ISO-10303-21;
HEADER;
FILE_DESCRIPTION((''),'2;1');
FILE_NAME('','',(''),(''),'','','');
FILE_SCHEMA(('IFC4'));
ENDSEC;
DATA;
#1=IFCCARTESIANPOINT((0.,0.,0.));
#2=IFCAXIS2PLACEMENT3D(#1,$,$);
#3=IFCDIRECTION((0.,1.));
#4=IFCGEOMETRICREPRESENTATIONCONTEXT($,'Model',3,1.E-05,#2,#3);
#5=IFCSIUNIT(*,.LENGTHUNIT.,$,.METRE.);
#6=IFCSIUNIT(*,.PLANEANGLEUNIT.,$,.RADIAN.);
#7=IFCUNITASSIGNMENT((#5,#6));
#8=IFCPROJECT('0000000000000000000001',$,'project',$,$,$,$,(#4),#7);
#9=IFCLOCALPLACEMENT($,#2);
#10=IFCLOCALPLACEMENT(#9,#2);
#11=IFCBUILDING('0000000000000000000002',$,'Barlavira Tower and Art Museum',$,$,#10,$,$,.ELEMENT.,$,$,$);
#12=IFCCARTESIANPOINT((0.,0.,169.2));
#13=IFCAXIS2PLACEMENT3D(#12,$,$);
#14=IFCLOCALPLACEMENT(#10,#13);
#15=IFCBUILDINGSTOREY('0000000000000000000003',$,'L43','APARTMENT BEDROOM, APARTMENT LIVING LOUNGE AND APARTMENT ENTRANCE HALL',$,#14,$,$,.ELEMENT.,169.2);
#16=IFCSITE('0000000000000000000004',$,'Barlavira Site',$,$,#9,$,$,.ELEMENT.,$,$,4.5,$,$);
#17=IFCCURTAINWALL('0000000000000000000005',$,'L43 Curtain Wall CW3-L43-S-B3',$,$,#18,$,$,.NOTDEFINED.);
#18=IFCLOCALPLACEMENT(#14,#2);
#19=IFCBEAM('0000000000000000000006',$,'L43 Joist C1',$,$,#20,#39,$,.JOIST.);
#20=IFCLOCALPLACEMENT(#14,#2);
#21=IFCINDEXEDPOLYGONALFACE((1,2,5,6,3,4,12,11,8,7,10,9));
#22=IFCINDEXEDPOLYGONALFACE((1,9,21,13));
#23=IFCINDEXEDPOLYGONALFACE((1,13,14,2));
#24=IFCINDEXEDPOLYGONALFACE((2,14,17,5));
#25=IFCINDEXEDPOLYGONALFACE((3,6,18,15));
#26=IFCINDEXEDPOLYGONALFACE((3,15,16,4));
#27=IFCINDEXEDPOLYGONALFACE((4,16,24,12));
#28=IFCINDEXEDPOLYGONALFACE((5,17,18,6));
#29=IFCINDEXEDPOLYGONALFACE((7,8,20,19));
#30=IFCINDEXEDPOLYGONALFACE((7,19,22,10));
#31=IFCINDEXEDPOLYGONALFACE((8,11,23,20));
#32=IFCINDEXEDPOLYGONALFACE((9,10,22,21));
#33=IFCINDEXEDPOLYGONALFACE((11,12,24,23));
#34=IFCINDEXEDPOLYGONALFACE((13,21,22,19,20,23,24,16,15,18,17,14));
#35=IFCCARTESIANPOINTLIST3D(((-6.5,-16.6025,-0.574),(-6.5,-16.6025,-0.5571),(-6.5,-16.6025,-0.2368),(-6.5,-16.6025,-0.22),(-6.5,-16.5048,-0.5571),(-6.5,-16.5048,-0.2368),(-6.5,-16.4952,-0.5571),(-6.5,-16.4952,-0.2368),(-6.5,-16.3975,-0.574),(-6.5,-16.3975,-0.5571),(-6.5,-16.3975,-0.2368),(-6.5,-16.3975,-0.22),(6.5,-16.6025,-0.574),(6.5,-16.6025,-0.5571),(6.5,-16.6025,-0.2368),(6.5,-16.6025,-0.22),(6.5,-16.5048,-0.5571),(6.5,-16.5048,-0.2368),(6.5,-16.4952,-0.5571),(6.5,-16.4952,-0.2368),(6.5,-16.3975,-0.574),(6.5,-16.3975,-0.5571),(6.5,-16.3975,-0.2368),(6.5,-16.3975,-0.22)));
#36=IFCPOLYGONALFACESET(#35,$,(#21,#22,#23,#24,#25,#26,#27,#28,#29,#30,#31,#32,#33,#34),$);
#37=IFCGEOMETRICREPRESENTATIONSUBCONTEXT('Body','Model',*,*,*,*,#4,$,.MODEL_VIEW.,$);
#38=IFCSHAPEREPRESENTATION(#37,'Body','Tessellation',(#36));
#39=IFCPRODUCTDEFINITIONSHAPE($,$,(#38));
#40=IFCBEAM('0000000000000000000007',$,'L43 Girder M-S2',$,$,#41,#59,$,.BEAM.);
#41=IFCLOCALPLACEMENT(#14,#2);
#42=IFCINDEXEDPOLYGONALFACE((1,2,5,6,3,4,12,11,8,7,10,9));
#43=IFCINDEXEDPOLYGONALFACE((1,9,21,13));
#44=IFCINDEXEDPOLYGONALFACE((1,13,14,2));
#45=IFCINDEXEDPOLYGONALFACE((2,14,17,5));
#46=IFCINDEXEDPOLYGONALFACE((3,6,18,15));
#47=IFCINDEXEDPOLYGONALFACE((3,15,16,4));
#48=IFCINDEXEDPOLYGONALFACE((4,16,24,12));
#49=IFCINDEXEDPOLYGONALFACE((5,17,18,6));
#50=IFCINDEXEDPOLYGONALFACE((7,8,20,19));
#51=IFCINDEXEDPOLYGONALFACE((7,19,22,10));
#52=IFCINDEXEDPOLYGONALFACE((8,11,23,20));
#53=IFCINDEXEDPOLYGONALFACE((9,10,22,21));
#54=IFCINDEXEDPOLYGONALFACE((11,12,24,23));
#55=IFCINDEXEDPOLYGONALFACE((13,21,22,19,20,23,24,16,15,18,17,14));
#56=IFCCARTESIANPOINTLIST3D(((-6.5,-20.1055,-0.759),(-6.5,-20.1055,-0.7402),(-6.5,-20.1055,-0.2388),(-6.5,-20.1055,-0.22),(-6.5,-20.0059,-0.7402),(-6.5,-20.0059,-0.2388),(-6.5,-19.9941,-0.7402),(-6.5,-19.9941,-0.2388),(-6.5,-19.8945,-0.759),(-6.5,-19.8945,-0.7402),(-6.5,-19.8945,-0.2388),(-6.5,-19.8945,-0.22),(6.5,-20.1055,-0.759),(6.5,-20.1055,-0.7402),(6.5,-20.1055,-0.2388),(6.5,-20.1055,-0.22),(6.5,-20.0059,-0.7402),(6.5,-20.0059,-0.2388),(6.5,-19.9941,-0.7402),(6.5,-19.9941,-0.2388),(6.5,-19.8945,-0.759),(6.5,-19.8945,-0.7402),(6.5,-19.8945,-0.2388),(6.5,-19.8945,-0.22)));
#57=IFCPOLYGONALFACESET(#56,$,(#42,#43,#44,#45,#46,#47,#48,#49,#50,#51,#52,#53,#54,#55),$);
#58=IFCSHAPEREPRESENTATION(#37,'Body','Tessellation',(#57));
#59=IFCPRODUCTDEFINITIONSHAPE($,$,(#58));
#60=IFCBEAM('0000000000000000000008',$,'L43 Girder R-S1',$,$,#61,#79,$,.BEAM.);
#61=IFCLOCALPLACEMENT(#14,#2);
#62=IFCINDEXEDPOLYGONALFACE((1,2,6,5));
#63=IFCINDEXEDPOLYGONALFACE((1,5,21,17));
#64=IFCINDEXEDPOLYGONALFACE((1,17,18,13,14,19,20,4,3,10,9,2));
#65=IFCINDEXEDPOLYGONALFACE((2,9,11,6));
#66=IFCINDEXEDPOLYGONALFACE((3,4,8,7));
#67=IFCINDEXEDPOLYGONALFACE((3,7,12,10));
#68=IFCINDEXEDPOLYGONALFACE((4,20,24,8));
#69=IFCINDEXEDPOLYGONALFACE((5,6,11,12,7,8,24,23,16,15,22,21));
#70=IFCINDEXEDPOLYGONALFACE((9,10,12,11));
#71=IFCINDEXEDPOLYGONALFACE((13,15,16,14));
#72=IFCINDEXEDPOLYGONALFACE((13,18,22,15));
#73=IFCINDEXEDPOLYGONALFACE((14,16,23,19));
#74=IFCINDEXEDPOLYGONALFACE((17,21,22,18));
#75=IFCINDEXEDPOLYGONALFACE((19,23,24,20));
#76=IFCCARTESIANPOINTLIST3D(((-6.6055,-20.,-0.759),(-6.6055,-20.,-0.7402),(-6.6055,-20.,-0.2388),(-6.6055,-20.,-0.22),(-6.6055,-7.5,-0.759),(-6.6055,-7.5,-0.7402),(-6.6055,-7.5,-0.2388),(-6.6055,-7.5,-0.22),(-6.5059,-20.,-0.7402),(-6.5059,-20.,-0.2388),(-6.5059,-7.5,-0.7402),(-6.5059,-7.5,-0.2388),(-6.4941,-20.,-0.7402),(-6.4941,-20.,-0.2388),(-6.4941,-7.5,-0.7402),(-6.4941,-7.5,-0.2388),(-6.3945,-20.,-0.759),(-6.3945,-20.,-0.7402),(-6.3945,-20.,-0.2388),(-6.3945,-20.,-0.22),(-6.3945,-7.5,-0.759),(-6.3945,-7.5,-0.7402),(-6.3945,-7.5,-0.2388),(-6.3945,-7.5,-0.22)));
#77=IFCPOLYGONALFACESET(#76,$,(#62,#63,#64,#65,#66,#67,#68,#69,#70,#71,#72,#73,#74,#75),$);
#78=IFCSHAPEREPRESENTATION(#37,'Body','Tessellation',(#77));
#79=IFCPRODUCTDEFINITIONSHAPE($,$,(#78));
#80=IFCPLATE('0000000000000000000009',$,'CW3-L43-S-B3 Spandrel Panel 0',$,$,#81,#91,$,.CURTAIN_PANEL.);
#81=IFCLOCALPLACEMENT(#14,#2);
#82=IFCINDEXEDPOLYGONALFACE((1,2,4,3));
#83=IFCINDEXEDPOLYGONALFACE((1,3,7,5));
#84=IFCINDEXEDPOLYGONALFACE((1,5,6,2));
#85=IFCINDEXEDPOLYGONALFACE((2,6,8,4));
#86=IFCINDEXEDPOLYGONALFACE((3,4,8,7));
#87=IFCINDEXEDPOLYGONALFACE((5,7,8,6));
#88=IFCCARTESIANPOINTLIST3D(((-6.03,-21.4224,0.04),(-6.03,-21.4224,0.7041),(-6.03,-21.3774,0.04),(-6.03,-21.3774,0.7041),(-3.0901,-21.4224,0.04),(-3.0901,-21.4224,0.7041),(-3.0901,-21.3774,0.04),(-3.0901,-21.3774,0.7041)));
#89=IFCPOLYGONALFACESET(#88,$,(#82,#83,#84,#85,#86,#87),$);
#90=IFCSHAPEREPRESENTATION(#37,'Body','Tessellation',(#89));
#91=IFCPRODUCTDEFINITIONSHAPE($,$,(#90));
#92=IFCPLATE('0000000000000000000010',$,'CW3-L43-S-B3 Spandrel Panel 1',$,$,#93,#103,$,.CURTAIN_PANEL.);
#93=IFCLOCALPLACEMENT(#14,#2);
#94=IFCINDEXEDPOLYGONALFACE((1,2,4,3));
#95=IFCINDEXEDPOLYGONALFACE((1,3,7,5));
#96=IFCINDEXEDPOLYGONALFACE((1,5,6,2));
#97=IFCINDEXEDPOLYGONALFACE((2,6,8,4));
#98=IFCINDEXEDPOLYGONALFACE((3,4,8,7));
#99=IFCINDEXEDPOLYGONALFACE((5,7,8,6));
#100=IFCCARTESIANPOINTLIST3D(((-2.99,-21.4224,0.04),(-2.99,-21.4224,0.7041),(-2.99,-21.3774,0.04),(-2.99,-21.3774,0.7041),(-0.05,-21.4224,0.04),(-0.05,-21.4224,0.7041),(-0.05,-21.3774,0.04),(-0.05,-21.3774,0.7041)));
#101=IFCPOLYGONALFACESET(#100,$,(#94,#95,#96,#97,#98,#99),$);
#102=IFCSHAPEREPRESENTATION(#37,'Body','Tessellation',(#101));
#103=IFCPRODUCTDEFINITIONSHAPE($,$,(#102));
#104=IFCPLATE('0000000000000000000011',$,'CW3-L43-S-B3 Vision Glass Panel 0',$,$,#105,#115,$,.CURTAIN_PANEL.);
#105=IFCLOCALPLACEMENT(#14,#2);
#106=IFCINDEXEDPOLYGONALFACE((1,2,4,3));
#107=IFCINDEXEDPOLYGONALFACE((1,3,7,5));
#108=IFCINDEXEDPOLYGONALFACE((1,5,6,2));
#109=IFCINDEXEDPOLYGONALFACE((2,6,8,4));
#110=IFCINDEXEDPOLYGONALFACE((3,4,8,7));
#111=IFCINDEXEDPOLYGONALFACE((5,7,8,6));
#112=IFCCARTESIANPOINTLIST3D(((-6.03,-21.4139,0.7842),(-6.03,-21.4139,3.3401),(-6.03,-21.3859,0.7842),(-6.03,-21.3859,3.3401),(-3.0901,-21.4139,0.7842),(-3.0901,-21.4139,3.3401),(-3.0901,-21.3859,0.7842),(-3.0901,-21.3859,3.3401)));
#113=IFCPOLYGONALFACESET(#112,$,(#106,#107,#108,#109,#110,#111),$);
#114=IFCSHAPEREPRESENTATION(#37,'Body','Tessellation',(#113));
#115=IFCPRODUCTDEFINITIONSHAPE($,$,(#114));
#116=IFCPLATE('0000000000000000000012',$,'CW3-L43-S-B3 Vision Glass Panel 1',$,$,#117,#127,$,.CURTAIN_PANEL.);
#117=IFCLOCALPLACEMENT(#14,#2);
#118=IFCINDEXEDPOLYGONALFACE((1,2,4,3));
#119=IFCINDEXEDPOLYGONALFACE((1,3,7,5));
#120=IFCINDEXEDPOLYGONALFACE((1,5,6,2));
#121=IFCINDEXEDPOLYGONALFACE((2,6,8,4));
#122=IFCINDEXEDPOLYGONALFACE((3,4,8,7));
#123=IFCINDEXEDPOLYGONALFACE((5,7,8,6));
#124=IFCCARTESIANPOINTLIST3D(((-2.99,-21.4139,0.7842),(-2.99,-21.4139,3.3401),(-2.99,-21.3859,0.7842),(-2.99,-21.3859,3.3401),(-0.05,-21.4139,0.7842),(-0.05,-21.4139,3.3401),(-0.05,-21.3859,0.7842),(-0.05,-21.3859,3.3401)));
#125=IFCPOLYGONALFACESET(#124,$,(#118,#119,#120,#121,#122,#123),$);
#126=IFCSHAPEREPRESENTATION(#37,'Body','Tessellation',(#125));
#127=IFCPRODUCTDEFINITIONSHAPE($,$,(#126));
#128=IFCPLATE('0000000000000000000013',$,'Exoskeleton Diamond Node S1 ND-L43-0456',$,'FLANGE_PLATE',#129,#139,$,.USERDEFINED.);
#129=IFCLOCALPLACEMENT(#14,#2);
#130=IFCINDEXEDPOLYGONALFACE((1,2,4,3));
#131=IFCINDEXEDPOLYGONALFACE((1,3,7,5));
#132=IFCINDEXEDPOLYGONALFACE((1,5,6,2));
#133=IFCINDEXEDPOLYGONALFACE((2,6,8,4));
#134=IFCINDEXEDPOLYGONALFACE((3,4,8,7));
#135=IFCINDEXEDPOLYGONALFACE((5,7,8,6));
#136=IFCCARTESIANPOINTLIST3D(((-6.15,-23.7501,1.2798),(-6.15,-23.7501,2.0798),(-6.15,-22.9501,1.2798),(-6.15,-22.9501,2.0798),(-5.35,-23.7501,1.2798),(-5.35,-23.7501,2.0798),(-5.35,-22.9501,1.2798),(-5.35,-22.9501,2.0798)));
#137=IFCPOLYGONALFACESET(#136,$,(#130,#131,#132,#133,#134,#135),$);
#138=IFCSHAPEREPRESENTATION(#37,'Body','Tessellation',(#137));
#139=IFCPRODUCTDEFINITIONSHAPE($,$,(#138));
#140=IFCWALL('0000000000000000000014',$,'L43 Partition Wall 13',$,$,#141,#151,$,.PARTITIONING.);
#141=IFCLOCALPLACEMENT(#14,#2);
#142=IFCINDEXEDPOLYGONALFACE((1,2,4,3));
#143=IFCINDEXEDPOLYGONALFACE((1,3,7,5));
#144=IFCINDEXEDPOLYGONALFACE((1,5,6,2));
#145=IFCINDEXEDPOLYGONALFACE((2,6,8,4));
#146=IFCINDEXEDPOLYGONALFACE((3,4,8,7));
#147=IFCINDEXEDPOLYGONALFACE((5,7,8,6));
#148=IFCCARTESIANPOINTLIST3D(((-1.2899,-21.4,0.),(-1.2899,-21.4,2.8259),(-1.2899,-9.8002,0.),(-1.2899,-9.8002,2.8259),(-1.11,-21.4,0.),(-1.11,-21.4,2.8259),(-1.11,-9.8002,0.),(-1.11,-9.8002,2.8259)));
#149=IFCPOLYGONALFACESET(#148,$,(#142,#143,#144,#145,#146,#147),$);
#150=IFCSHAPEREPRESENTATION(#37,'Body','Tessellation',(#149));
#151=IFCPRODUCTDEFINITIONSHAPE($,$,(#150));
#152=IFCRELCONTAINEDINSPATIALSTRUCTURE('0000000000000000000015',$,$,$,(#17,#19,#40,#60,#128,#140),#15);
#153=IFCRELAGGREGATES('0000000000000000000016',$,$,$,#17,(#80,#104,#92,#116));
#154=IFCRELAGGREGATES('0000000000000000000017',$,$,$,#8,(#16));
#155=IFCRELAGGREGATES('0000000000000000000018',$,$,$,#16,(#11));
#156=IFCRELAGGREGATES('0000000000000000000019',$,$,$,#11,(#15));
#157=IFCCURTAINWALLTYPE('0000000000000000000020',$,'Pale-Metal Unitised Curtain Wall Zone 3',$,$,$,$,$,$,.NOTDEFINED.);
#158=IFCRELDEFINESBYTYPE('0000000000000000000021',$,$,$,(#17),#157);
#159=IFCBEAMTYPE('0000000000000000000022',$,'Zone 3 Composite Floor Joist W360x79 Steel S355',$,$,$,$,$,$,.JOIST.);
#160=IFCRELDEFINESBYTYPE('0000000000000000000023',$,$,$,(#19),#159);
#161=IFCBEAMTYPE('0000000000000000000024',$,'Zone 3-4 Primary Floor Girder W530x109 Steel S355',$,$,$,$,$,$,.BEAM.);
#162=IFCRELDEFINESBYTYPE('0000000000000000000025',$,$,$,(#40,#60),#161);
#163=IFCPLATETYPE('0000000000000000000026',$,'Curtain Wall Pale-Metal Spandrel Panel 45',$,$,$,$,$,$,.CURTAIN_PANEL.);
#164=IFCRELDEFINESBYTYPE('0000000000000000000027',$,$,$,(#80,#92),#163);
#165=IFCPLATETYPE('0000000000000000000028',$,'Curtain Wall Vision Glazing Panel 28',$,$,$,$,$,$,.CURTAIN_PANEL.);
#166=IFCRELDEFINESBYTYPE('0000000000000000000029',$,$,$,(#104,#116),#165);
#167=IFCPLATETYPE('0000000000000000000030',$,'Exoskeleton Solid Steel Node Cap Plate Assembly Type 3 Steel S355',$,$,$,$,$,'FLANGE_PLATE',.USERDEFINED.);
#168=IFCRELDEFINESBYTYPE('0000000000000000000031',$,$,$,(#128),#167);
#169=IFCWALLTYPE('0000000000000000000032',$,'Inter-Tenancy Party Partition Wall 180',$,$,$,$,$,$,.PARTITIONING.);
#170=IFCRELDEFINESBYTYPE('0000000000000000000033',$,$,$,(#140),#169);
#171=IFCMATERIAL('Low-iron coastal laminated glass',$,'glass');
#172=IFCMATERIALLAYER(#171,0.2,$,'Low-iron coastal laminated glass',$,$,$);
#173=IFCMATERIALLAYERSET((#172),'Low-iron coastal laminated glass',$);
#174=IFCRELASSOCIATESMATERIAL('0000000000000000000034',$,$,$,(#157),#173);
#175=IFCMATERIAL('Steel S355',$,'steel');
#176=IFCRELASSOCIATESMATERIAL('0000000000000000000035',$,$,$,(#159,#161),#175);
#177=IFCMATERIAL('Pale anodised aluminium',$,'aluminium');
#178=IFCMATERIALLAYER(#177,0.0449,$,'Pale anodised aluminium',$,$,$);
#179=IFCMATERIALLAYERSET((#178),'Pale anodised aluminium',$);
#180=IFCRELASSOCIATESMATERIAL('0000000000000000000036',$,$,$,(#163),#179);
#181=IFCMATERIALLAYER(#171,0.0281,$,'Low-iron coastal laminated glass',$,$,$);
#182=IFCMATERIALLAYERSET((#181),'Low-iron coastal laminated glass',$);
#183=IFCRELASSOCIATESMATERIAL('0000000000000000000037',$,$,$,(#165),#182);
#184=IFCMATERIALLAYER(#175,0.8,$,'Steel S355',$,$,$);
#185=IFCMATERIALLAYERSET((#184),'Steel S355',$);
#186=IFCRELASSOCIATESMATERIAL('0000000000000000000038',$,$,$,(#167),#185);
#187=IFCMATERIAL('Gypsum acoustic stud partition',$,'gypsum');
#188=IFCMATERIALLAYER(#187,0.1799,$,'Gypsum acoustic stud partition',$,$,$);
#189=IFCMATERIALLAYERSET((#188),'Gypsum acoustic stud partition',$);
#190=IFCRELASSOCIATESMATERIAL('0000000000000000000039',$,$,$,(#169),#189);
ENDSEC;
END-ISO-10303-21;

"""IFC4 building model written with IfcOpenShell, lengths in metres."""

from ifc_helpers import new_model, si_unit, direction, frame, frame_2d, origin, origin_2d, place, context, subcontext, project, spatial, rectangle, i_section, extrude, material, layer, layer_set, material_profile, profile_set, type_object, element, aggregate, save


model = new_model("IFC4")

# Units and contexts
model_context = context("Model", 3, precision=1e-05, world=origin(), true_north=direction((0.0, 1.0)))
body_context = subcontext(model_context, "Body", "Model", "MODEL_VIEW")
ifc_project = project(units=[si_unit("LENGTHUNIT", "METRE"), si_unit("PLANEANGLEUNIT", "RADIAN")], contexts=[model_context])

# Site, building, storey
site_placement = place(None, origin())
site = spatial("IfcSite", under=ifc_project, at=site_placement, Name="Barlavira Site", CompositionType="ELEMENT", RefElevation=4.5)
building_placement = place(site_placement, origin())
building = spatial("IfcBuilding", under=site, at=building_placement, Name="Barlavira Tower and Art Museum", CompositionType="ELEMENT")
storey_placement = place(building_placement, frame((0.0, 0.0, 169.2)))
storey = spatial("IfcBuildingStorey", under=building, at=storey_placement, Name="L43", Description="APARTMENT BEDROOM, APARTMENT LIVING LOUNGE AND APARTMENT ENTRANCE HALL", CompositionType="ELEMENT", Elevation=169.2)

# Curtain wall
ifc_material_1 = material(Name="Low-iron coastal laminated glass", Category="glass")
ifc_layer_1 = layer(ifc_material_1, 0.2, Name="Low-iron coastal laminated glass")
ifc_layer_set_1 = layer_set([ifc_layer_1], Name="Low-iron coastal laminated glass")
curtain_wall_type = type_object("IfcCurtainWallType", Name="Pale-Metal Unitised Curtain Wall Zone 3", PredefinedType="NOTDEFINED", material=ifc_layer_set_1)
curtain_wall_placement = place(storey_placement, origin())
curtain_wall = element("IfcCurtainWall", 1, at=curtain_wall_placement, inside=storey, type_object=curtain_wall_type, Name="L43 Curtain Wall CW3-L43-S-B3", PredefinedType="NOTDEFINED")
ifc_material_2 = material(Name="Pale anodised aluminium", Category="aluminium")

# Beams
ifc_material_3 = material(Name="Steel S355", Category="steel")
ifc_material_profile_1 = material_profile(ifc_material_3, i_section(OverallWidth=0.2051, OverallDepth=0.354, WebThickness=0.0095, FlangeThickness=0.0168, at=origin_2d()), Name="W360x79.0")
ifc_profile_set_1 = profile_set([ifc_material_profile_1], Name="Steel S355")
beam_type_1 = type_object("IfcBeamType", Name="Zone 3 Composite Floor Joist W360x79 Steel S355", PredefinedType="JOIST", material=ifc_profile_set_1)
beam_1_placement = place(storey_placement, frame((-6.5, -16.5, -0.397), z_axis=(1.0, 0.0, 0.0), x_axis=(0.0, 1.0, 0.0)))
element("IfcBeam", 2, at=beam_1_placement, inside=storey, type_object=beam_type_1, Name="L43 Joist C1", PredefinedType="JOIST", context=body_context, shape_type="SweptSolid", body=[
    extrude(i_section(OverallWidth=0.2051, OverallDepth=0.354, WebThickness=0.0095, FlangeThickness=0.0168, at=origin_2d()), origin(), (0.0, 0.0, 1.0), 13.0),
])
ifc_material_profile_2 = material_profile(ifc_material_3, i_section(OverallWidth=0.2109, OverallDepth=0.5391, WebThickness=0.0117, FlangeThickness=0.0188, at=origin_2d()), Name="W530x109.0")
ifc_profile_set_2 = profile_set([ifc_material_profile_2], Name="Steel S355")
beam_type_2 = type_object("IfcBeamType", Name="Zone 3-4 Primary Floor Girder W530x109 Steel S355", PredefinedType="BEAM", material=ifc_profile_set_2)
beam_2_placement = place(storey_placement, frame((-6.5, -20.0, -0.4895), z_axis=(1.0, 0.0, 0.0), x_axis=(0.0, 1.0, 0.0)))
element("IfcBeam", 3, at=beam_2_placement, inside=storey, type_object=beam_type_2, Name="L43 Girder M-S2", PredefinedType="BEAM", context=body_context, shape_type="SweptSolid", body=[
    extrude(i_section(OverallWidth=0.2109, OverallDepth=0.5391, WebThickness=0.0117, FlangeThickness=0.0188, at=origin_2d()), origin(), (0.0, 0.0, 1.0), 13.0),
])
beam_3_placement = place(storey_placement, frame((-6.5, -20.0, -0.4895), z_axis=(0.0, 1.0, 0.0), x_axis=(-1.0, 0.0, 0.0)))
element("IfcBeam", 4, at=beam_3_placement, inside=storey, type_object=beam_type_2, Name="L43 Girder R-S1", PredefinedType="BEAM", context=body_context, shape_type="SweptSolid", body=[
    extrude(i_section(OverallWidth=0.2109, OverallDepth=0.5391, WebThickness=0.0117, FlangeThickness=0.0188, at=origin_2d()), origin(), (0.0, 0.0, 1.0), 12.5),
])

# Plates
ifc_layer_2 = layer(ifc_material_2, 0.0449, Name="Pale anodised aluminium")
ifc_layer_set_2 = layer_set([ifc_layer_2], Name="Pale anodised aluminium")
plate_type_1 = type_object("IfcPlateType", Name="Curtain Wall Pale-Metal Spandrel Panel 45", PredefinedType="CURTAIN_PANEL", material=ifc_layer_set_2)
plate_1_placement = place(storey_placement, frame((-4.5601, -21.3999, 0.04), z_axis=(0.0, 0.0, 1.0), x_axis=(1.0, 0.0, 0.0)))
plate_1 = element("IfcPlate", 5, at=plate_1_placement, type_object=plate_type_1, Name="CW3-L43-S-B3 Spandrel Panel 0", PredefinedType="CURTAIN_PANEL", context=body_context, shape_type="SweptSolid", body=[
    extrude(rectangle(XDim=2.9399, YDim=0.0449, at=origin_2d()), origin(), (0.0, 0.0, 1.0), 0.6641),
])
plate_2_placement = place(storey_placement, frame((-1.52, -21.3999, 0.04), z_axis=(0.0, 0.0, 1.0), x_axis=(1.0, 0.0, 0.0)))
plate_2 = element("IfcPlate", 6, at=plate_2_placement, type_object=plate_type_1, Name="CW3-L43-S-B3 Spandrel Panel 1", PredefinedType="CURTAIN_PANEL", context=body_context, shape_type="SweptSolid", body=[
    extrude(rectangle(XDim=2.9399, YDim=0.0449, at=origin_2d()), origin(), (0.0, 0.0, 1.0), 0.6641),
])
ifc_layer_3 = layer(ifc_material_1, 0.0281, Name="Low-iron coastal laminated glass")
ifc_layer_set_3 = layer_set([ifc_layer_3], Name="Low-iron coastal laminated glass")
plate_type_2 = type_object("IfcPlateType", Name="Curtain Wall Vision Glazing Panel 28", PredefinedType="CURTAIN_PANEL", material=ifc_layer_set_3)
plate_3_placement = place(storey_placement, frame((-4.5601, -21.3999, 0.7842), z_axis=(0.0, 0.0, 1.0), x_axis=(1.0, 0.0, 0.0)))
plate_3 = element("IfcPlate", 7, at=plate_3_placement, type_object=plate_type_2, Name="CW3-L43-S-B3 Vision Glass Panel 0", PredefinedType="CURTAIN_PANEL", context=body_context, shape_type="SweptSolid", body=[
    extrude(rectangle(XDim=2.9399, YDim=0.0281, at=origin_2d()), origin(), (0.0, 0.0, 1.0), 2.5559),
])
plate_4_placement = place(storey_placement, frame((-1.52, -21.3999, 0.7842), z_axis=(0.0, 0.0, 1.0), x_axis=(1.0, 0.0, 0.0)))
plate_4 = element("IfcPlate", 8, at=plate_4_placement, type_object=plate_type_2, Name="CW3-L43-S-B3 Vision Glass Panel 1", PredefinedType="CURTAIN_PANEL", context=body_context, shape_type="SweptSolid", body=[
    extrude(rectangle(XDim=2.9399, YDim=0.0281, at=origin_2d()), origin(), (0.0, 0.0, 1.0), 2.5559),
])
aggregate(curtain_wall, [plate_1, plate_3, plate_2, plate_4])
ifc_layer_4 = layer(ifc_material_3, 0.8, Name="Steel S355")
ifc_layer_set_4 = layer_set([ifc_layer_4], Name="Steel S355")
plate_type_3 = type_object("IfcPlateType", Name="Exoskeleton Solid Steel Node Cap Plate Assembly Type 3 Steel S355", ElementType="FLANGE_PLATE", PredefinedType="USERDEFINED", material=ifc_layer_set_4)
plate_5_placement = place(storey_placement, frame((-5.75, -23.3501, 1.2798), z_axis=(0.0, 0.0, 1.0), x_axis=(1.0, 0.0, 0.0)))
element("IfcPlate", 9, at=plate_5_placement, inside=storey, type_object=plate_type_3, Name="Exoskeleton Diamond Node S1 ND-L43-0456", ObjectType="FLANGE_PLATE", PredefinedType="USERDEFINED", context=body_context, shape_type="SweptSolid", body=[
    extrude(rectangle(XDim=0.8, YDim=0.8, at=origin_2d()), origin(), (0.0, 0.0, 1.0), 0.8),
])

# Wall
ifc_material_4 = material(Name="Gypsum acoustic stud partition", Category="gypsum")
ifc_layer_5 = layer(ifc_material_4, 0.1799, Name="Gypsum acoustic stud partition")
ifc_layer_set_5 = layer_set([ifc_layer_5], Name="Gypsum acoustic stud partition")
wall_type_1 = type_object("IfcWallType", Name="Inter-Tenancy Party Partition Wall 180", PredefinedType="PARTITIONING", material=ifc_layer_set_5)
wall_1_placement = place(storey_placement, frame((-1.2, -21.3999, 0.0), z_axis=(0.0, 0.0, 1.0), x_axis=(0.0, 1.0, 0.0)))
element("IfcWall", 10, at=wall_1_placement, inside=storey, type_object=wall_type_1, Name="L43 Partition Wall 13", PredefinedType="PARTITIONING", context=body_context, shape_type="SweptSolid", body=[
    extrude(rectangle(XDim=11.5999, YDim=0.1799, at=frame_2d((5.7998, 0.0))), origin(), (0.0, 0.0, 1.0), 2.8259),
])

save(model, "model.ifc")
